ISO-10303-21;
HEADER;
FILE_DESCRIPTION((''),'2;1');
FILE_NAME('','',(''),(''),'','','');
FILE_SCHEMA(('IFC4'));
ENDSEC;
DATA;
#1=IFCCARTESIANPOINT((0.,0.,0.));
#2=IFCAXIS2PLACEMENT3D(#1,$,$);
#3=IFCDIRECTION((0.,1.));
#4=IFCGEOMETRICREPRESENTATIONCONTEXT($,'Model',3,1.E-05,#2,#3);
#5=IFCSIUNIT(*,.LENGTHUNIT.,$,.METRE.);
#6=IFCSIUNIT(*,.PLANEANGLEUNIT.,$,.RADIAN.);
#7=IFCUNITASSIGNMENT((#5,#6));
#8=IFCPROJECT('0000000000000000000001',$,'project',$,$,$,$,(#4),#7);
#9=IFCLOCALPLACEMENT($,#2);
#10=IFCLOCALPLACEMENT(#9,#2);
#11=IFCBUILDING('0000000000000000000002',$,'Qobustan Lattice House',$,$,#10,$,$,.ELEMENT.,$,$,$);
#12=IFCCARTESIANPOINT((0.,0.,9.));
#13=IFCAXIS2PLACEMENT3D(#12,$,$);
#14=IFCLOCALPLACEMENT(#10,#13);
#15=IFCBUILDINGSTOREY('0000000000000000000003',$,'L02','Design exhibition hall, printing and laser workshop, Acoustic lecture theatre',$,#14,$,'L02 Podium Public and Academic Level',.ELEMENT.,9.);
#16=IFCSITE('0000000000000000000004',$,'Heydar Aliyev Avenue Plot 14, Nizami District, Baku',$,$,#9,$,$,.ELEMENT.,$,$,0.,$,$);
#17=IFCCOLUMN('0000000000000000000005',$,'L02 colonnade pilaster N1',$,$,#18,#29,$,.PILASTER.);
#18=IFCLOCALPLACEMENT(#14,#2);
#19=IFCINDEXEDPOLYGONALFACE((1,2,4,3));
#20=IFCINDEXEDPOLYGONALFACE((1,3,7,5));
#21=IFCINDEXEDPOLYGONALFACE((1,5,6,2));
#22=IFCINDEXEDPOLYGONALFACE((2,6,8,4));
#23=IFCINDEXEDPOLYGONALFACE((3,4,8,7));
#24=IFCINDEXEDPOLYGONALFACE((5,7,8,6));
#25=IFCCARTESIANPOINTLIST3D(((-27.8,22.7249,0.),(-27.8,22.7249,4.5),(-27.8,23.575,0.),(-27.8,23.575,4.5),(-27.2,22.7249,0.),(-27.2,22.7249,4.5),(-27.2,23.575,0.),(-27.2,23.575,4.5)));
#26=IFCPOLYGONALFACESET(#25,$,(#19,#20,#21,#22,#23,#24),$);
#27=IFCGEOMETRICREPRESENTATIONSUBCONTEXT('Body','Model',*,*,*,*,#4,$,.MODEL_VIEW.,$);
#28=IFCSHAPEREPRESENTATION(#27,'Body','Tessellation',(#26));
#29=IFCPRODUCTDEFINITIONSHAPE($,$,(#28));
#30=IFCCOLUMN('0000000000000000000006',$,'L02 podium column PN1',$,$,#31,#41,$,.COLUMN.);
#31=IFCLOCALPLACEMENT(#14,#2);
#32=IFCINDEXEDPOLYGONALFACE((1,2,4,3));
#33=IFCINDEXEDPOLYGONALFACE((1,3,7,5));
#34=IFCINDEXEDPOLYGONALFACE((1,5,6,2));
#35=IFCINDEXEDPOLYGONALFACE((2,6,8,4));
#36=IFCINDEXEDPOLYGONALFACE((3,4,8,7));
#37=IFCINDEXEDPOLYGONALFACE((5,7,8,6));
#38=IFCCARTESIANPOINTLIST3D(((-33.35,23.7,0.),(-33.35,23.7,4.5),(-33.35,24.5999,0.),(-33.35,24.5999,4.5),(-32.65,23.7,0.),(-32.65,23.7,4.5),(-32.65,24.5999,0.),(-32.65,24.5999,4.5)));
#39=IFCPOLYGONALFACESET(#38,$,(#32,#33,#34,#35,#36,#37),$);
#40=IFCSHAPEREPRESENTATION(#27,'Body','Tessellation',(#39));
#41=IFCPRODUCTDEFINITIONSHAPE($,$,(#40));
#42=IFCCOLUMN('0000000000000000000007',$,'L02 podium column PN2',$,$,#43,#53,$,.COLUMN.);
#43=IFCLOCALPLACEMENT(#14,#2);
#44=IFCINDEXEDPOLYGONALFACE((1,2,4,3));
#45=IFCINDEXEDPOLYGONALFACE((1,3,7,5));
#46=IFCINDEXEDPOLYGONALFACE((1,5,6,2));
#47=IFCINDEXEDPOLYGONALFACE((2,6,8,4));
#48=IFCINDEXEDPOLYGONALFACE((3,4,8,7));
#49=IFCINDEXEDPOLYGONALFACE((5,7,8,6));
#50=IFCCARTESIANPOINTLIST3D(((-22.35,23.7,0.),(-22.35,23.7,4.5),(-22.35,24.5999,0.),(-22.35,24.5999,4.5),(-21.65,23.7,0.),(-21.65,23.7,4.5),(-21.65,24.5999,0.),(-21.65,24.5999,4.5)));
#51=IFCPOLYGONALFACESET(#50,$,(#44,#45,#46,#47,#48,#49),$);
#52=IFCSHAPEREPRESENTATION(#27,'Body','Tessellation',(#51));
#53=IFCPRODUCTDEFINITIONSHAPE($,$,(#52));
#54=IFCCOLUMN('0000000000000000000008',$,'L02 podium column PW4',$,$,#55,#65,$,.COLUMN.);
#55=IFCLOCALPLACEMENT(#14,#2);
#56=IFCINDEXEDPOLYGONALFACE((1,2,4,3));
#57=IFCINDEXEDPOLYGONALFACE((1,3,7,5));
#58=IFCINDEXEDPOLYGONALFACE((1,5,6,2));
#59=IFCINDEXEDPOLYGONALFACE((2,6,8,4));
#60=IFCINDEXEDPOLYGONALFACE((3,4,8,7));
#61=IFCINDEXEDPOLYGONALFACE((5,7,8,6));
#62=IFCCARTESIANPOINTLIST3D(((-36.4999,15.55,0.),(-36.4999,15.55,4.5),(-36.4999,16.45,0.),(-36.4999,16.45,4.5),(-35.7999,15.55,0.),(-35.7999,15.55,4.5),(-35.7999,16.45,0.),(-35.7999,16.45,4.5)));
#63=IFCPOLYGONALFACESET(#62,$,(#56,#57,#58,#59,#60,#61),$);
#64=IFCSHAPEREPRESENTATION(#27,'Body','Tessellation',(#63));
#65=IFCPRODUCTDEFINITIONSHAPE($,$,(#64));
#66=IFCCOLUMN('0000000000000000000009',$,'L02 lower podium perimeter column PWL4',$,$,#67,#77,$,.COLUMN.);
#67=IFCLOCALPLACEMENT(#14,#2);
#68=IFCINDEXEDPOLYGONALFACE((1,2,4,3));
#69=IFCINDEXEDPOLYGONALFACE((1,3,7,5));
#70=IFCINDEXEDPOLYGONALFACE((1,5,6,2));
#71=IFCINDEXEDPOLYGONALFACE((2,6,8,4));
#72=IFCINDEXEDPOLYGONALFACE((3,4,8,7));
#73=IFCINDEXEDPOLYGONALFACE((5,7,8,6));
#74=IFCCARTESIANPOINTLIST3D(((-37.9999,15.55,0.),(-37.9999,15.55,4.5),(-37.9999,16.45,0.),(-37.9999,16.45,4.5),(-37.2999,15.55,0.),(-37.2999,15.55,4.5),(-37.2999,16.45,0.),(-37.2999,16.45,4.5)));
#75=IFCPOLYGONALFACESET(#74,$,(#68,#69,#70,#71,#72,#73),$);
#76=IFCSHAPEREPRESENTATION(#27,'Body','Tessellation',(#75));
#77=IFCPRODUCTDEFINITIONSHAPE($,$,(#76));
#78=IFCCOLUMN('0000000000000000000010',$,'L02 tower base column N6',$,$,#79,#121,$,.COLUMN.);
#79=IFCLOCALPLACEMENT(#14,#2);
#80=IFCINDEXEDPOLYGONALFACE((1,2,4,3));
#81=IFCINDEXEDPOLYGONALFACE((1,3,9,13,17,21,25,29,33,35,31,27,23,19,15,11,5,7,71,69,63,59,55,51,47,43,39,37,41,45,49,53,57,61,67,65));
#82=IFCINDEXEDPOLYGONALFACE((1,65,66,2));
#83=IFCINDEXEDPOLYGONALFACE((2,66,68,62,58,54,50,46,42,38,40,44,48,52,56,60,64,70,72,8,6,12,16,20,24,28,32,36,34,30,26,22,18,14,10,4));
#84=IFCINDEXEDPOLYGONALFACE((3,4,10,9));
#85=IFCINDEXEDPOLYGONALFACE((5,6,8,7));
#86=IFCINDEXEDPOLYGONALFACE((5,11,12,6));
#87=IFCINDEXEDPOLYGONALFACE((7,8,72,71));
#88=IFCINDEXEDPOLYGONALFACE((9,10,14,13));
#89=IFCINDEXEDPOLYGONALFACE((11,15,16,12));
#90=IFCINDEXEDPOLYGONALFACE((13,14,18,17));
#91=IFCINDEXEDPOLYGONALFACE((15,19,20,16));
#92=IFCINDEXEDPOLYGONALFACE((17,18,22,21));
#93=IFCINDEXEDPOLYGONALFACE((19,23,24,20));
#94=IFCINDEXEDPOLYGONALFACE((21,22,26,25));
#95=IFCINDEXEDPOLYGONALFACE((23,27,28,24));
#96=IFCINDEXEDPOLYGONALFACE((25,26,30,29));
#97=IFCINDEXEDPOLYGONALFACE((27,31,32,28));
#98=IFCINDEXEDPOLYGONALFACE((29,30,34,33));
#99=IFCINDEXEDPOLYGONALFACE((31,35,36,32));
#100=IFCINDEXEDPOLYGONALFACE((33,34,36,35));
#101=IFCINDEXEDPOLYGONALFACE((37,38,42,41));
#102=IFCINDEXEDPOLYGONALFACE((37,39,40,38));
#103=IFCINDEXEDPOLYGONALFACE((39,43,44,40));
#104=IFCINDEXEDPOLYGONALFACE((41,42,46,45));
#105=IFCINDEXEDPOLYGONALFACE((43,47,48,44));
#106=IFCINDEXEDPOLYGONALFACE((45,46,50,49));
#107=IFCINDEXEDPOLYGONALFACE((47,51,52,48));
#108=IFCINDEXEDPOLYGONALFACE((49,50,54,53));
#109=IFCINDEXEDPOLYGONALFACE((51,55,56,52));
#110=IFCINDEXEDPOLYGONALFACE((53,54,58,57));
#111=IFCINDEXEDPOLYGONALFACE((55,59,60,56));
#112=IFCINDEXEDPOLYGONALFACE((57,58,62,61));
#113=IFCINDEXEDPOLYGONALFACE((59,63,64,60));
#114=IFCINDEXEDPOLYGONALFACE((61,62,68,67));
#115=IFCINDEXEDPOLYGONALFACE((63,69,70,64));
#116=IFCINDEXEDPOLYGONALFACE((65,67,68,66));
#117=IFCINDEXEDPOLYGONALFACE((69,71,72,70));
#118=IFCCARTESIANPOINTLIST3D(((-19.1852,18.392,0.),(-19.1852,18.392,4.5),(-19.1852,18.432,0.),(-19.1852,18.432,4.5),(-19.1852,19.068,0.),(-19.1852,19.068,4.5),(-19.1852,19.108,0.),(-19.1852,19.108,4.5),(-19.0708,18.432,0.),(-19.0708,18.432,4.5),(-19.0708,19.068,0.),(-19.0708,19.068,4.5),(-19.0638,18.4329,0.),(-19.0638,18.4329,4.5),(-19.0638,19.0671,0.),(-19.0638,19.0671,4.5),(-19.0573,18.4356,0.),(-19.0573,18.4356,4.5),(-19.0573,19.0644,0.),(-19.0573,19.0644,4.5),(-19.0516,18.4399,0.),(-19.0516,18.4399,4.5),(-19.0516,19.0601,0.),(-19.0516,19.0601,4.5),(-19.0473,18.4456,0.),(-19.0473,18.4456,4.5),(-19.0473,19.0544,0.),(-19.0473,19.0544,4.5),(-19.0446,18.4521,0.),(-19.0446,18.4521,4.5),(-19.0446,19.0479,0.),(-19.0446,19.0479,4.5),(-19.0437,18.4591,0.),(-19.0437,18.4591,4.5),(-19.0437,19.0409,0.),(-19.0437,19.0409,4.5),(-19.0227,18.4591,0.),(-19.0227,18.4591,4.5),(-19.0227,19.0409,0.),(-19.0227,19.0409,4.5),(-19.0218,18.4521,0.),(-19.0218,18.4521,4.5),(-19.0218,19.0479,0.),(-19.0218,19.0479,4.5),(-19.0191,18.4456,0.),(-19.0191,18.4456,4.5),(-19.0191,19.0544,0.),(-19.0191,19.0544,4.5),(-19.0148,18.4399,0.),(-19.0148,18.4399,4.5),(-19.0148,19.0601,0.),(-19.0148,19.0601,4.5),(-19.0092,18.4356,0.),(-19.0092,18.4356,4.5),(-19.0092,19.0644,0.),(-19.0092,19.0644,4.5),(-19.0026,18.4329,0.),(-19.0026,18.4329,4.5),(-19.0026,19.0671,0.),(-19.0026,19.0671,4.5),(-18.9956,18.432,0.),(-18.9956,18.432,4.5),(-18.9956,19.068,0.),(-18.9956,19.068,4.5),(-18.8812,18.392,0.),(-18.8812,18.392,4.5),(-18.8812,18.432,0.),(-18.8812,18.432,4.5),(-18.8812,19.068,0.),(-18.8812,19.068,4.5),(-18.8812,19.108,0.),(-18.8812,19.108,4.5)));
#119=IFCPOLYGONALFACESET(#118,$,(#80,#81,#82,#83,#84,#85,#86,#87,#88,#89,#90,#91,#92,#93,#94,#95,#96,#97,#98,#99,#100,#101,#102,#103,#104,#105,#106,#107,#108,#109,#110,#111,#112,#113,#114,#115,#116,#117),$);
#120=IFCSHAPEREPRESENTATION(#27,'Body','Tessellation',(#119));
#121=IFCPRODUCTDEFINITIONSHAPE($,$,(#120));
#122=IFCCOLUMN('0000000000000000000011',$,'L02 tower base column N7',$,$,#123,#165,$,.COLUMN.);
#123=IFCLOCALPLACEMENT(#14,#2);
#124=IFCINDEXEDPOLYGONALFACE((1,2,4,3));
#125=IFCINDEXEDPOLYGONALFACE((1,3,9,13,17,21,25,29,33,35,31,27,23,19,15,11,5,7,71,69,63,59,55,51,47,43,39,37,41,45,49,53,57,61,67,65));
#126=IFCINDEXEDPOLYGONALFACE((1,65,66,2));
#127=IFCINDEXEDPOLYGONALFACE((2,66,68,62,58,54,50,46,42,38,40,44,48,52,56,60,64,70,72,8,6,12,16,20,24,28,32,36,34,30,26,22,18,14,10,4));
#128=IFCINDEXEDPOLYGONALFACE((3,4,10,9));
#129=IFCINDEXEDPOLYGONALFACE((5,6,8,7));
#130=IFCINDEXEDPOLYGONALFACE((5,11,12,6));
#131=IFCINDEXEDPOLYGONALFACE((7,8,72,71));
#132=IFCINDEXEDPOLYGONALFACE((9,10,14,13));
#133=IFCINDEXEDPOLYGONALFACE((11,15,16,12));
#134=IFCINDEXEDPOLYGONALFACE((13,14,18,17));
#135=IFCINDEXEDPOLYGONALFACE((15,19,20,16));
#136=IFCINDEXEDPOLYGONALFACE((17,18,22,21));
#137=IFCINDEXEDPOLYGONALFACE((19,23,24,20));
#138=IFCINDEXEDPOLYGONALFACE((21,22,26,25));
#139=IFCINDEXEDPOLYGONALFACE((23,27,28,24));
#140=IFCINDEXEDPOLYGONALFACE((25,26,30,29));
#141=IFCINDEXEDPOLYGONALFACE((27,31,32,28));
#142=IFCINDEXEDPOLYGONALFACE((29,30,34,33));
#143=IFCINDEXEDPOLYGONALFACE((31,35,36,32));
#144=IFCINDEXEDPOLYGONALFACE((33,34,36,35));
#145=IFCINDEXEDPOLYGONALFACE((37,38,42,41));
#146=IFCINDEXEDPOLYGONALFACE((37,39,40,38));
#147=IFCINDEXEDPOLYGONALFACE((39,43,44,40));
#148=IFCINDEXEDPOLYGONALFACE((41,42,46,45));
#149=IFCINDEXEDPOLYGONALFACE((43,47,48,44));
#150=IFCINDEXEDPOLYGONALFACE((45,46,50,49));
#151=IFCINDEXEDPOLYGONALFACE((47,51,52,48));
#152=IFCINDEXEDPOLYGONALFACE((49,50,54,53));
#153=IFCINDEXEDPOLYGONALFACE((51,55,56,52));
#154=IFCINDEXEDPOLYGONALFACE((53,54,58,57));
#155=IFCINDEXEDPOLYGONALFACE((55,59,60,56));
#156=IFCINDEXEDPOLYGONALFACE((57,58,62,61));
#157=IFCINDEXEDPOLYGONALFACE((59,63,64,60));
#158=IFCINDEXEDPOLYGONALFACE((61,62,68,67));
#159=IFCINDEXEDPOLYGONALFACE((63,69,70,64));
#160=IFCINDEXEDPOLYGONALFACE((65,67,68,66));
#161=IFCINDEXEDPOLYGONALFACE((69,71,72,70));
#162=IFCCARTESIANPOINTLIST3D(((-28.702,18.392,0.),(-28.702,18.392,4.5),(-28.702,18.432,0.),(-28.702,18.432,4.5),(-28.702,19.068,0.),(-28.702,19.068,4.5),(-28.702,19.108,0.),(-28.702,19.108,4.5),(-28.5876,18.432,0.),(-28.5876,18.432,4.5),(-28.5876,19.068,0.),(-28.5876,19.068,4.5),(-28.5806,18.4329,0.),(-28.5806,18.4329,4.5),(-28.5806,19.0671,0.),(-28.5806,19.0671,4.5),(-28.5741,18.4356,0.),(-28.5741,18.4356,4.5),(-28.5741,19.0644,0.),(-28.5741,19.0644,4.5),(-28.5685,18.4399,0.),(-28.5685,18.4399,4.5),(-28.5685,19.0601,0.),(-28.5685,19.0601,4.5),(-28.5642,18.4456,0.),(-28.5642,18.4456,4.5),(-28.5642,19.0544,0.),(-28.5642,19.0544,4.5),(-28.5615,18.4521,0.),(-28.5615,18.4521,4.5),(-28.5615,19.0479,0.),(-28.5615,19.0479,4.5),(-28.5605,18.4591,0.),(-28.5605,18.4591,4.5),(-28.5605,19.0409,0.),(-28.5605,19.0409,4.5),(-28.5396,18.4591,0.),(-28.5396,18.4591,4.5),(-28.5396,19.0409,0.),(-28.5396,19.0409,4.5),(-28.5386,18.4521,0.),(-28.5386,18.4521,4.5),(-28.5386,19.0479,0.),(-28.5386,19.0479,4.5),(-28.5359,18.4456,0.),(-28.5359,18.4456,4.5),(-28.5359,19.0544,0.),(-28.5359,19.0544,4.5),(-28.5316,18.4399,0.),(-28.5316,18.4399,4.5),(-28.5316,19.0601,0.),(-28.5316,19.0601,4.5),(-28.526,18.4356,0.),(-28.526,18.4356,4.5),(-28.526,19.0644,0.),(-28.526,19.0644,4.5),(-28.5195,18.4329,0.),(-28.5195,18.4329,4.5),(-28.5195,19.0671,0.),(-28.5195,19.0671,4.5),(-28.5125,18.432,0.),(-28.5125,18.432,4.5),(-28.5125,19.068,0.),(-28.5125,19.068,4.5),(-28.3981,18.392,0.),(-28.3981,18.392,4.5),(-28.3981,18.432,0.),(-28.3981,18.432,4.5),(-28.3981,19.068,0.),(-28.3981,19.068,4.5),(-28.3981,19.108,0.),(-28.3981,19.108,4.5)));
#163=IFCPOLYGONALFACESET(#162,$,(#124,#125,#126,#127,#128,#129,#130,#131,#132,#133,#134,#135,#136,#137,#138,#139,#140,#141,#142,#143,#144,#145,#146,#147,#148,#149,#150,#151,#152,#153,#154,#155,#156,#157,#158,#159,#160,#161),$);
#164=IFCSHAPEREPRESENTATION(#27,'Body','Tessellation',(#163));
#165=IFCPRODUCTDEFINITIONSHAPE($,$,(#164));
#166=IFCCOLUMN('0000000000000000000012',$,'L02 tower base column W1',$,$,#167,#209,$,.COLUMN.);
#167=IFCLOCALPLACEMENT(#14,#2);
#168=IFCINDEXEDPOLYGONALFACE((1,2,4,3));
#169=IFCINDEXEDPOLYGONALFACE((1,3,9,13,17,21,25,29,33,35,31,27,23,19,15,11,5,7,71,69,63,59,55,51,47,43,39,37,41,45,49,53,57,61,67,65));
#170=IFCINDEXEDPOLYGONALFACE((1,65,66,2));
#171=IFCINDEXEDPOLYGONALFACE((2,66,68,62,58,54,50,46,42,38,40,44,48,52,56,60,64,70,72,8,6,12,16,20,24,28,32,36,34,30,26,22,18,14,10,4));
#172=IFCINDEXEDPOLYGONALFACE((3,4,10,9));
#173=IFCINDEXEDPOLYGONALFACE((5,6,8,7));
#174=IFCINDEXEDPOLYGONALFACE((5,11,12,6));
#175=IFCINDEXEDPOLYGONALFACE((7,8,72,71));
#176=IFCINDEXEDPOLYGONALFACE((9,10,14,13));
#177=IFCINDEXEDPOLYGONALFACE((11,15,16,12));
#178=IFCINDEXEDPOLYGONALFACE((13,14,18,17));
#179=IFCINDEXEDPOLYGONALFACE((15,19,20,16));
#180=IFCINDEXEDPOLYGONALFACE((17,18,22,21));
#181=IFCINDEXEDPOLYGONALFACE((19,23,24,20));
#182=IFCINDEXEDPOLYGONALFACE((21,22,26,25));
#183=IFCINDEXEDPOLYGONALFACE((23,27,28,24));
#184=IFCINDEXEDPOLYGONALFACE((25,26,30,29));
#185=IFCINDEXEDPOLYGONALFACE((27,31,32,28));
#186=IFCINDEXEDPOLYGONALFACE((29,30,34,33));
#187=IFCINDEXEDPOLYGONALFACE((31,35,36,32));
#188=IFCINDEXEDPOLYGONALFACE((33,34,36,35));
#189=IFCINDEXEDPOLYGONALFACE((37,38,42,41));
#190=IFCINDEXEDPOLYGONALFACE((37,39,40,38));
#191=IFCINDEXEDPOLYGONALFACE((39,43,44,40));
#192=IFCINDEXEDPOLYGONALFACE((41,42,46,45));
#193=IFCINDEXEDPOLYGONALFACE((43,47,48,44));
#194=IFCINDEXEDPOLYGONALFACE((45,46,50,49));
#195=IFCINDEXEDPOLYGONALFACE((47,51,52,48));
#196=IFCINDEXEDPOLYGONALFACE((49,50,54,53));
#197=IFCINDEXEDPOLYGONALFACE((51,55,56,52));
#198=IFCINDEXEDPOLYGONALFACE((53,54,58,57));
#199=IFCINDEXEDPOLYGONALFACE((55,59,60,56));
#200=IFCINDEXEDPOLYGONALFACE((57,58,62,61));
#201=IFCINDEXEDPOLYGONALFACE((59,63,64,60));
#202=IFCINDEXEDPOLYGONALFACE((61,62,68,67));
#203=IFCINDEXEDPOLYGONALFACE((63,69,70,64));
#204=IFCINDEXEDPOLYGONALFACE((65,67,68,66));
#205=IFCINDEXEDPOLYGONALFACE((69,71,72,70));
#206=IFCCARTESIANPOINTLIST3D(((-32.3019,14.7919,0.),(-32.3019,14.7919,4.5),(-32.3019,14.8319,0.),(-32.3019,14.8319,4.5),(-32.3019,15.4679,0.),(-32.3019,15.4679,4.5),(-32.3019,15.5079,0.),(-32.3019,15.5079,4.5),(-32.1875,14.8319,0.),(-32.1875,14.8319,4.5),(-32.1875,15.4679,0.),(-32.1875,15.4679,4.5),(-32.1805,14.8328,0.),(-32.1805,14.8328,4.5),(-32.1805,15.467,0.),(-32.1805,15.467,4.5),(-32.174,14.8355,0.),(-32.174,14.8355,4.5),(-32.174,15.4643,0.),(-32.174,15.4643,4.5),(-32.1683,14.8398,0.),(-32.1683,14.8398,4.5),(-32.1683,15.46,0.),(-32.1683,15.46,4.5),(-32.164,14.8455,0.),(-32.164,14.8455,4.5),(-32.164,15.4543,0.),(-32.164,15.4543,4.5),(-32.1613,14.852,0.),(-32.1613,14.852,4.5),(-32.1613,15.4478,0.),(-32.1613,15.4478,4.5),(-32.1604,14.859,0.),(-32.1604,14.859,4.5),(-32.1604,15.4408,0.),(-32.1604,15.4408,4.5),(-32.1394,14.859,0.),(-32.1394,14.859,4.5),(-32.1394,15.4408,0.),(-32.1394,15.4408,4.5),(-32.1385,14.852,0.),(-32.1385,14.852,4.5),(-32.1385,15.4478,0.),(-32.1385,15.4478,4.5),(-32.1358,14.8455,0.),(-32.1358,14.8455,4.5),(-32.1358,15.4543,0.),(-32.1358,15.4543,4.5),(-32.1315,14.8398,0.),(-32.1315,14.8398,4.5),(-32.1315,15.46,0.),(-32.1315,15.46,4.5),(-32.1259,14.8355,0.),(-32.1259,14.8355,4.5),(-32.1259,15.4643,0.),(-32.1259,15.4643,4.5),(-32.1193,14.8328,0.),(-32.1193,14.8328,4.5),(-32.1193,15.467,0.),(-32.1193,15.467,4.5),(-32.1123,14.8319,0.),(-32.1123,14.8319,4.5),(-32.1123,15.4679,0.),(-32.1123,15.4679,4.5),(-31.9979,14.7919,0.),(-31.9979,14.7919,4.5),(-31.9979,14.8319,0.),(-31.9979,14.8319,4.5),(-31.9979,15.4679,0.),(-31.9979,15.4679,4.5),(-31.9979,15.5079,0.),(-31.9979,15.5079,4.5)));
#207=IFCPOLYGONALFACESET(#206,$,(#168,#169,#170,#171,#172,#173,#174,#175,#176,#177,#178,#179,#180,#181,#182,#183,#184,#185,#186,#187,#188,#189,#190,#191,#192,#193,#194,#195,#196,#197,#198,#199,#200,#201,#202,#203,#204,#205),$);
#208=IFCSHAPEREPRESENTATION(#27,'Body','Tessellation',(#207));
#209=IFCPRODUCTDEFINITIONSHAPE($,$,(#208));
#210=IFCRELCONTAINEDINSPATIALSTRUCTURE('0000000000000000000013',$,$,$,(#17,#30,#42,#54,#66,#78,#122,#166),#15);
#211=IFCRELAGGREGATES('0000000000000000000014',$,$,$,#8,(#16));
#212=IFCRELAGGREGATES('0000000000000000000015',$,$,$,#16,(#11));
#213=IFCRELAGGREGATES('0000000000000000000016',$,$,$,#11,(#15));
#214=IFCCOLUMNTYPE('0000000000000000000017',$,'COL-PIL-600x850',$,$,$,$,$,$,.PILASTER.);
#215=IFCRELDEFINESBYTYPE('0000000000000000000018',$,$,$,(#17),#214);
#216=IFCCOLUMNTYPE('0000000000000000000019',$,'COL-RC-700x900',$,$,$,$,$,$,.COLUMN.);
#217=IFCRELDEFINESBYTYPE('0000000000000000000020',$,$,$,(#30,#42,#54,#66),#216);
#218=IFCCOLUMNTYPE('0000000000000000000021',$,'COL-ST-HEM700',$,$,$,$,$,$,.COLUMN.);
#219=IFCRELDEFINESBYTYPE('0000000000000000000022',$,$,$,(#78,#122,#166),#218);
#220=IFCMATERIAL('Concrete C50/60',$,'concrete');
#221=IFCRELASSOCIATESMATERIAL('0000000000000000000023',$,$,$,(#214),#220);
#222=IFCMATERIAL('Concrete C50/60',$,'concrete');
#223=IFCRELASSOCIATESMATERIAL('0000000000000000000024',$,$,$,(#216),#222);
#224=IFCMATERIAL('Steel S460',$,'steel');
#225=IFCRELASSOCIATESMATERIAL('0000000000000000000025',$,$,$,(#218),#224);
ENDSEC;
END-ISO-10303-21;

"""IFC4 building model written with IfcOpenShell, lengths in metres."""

from ifc_helpers import new_model, si_unit, direction, frame, origin, origin_2d, place, context, subcontext, project, spatial, rectangle, i_section, extrude, material, material_profile, profile_set, type_object, element, save


model = new_model("IFC4")

# Units and contexts
model_context = context("Model", 3, precision=1e-05, world=origin(), true_north=direction((0.0, 1.0)))
body_context = subcontext(model_context, "Body", "Model", "MODEL_VIEW")
ifc_project = project(units=[si_unit("LENGTHUNIT", "METRE"), si_unit("PLANEANGLEUNIT", "RADIAN")], contexts=[model_context])

# Site, building, storey
site_placement = place(None, origin())
site = spatial("IfcSite", under=ifc_project, at=site_placement, Name="Heydar Aliyev Avenue Plot 14, Nizami District, Baku", CompositionType="ELEMENT", RefElevation=0.0)
building_placement = place(site_placement, origin())
building = spatial("IfcBuilding", under=site, at=building_placement, Name="Qobustan Lattice House", CompositionType="ELEMENT")
storey_placement = place(building_placement, frame((0.0, 0.0, 9.0)))
storey = spatial("IfcBuildingStorey", under=building, at=storey_placement, Name="L02", Description="Design exhibition hall, printing and laser workshop, Acoustic lecture theatre", LongName="L02 Podium Public and Academic Level", CompositionType="ELEMENT", Elevation=9.0)

# Columns
ifc_material_1 = material(Name="Concrete C50/60", Category="concrete")
ifc_material_profile_1 = material_profile(ifc_material_1, rectangle(XDim=0.6001, YDim=0.8501, at=origin_2d()), Name="RC600x850")
ifc_profile_set_1 = profile_set([ifc_material_profile_1], Name="Concrete C50/60")
column_type_1 = type_object("IfcColumnType", Name="COL-PIL-600x850", PredefinedType="PILASTER", material=ifc_profile_set_1)
column_placement = place(storey_placement, frame((-27.5, 23.1499, 0.0), z_axis=(0.0, 0.0, 1.0), x_axis=(1.0, 0.0, 0.0)))
element("IfcColumn", 1, at=column_placement, inside=storey, type_object=column_type_1, Name="L02 colonnade pilaster N1", PredefinedType="PILASTER", context=body_context, shape_type="SweptSolid", body=[
    extrude(rectangle(XDim=0.6001, YDim=0.8501, at=origin_2d()), origin(), (0.0, 0.0, 1.0), 4.5),
])
ifc_material_2 = material(Name="Concrete C50/60", Category="concrete")
ifc_material_profile_2 = material_profile(ifc_material_2, rectangle(XDim=0.7, YDim=0.8999, at=origin_2d()), Name="RC700x900")
ifc_profile_set_2 = profile_set([ifc_material_profile_2], Name="Concrete C50/60")
column_type_2 = type_object("IfcColumnType", Name="COL-RC-700x900", PredefinedType="COLUMN", material=ifc_profile_set_2)
for number, where, z_axis, x_axis, name in (
    (2, (-33.0, 24.1499, 0.0), (0.0, 0.0, 1.0), (1.0, 0.0, 0.0), "L02 podium column PN1"),
    (3, (-22.0, 24.1499, 0.0), (0.0, 0.0, 1.0), (1.0, 0.0, 0.0), "L02 podium column PN2"),
    (4, (-36.1499, 16.0, 0.0), (0.0, 0.0, 1.0), (1.0, 0.0, 0.0), "L02 podium column PW4"),
    (5, (-37.6499, 16.0, 0.0), (0.0, 0.0, 1.0), (1.0, 0.0, 0.0), "L02 lower podium perimeter column PWL4"),
):
    element("IfcColumn", number, at=place(storey_placement, frame(where, z_axis=z_axis, x_axis=x_axis)), inside=storey, type_object=column_type_2, Name=name, PredefinedType="COLUMN", context=body_context, shape_type="SweptSolid", body=[
        extrude(rectangle(XDim=0.7, YDim=0.8999, at=origin_2d()), origin(), (0.0, 0.0, 1.0), 4.5),
    ])
ifc_material_3 = material(Name="Steel S460", Category="steel")
ifc_material_profile_3 = material_profile(ifc_material_3, i_section(OverallWidth=0.304, OverallDepth=0.7161, WebThickness=0.021, FlangeThickness=0.04, FilletRadius=0.0271, at=origin_2d()), Name="HEM700")
ifc_profile_set_3 = profile_set([ifc_material_profile_3], Name="Steel S460")
column_type_3 = type_object("IfcColumnType", Name="COL-ST-HEM700", PredefinedType="COLUMN", material=ifc_profile_set_3)
for number, where, z_axis, x_axis, name in (
    (6, (-19.0332, 18.75, 0.0), (0.0, 0.0, 1.0), (1.0, 0.0, 0.0), "L02 tower base column N6"),
    (7, (-28.55, 18.75, 0.0), (0.0, 0.0, 1.0), (1.0, 0.0, 0.0), "L02 tower base column N7"),
    (8, (-32.1499, 15.1499, 0.0), (0.0, 0.0, 1.0), (1.0, 0.0, 0.0), "L02 tower base column W1"),
):
    element("IfcColumn", number, at=place(storey_placement, frame(where, z_axis=z_axis, x_axis=x_axis)), inside=storey, type_object=column_type_3, Name=name, PredefinedType="COLUMN", context=body_context, shape_type="SweptSolid", body=[
        extrude(i_section(OverallWidth=0.304, OverallDepth=0.7161, WebThickness=0.021, FlangeThickness=0.04, FilletRadius=0.0271, at=origin_2d()), origin(), (0.0, 0.0, 1.0), 4.5),
    ])

save(model, "model.ifc")
